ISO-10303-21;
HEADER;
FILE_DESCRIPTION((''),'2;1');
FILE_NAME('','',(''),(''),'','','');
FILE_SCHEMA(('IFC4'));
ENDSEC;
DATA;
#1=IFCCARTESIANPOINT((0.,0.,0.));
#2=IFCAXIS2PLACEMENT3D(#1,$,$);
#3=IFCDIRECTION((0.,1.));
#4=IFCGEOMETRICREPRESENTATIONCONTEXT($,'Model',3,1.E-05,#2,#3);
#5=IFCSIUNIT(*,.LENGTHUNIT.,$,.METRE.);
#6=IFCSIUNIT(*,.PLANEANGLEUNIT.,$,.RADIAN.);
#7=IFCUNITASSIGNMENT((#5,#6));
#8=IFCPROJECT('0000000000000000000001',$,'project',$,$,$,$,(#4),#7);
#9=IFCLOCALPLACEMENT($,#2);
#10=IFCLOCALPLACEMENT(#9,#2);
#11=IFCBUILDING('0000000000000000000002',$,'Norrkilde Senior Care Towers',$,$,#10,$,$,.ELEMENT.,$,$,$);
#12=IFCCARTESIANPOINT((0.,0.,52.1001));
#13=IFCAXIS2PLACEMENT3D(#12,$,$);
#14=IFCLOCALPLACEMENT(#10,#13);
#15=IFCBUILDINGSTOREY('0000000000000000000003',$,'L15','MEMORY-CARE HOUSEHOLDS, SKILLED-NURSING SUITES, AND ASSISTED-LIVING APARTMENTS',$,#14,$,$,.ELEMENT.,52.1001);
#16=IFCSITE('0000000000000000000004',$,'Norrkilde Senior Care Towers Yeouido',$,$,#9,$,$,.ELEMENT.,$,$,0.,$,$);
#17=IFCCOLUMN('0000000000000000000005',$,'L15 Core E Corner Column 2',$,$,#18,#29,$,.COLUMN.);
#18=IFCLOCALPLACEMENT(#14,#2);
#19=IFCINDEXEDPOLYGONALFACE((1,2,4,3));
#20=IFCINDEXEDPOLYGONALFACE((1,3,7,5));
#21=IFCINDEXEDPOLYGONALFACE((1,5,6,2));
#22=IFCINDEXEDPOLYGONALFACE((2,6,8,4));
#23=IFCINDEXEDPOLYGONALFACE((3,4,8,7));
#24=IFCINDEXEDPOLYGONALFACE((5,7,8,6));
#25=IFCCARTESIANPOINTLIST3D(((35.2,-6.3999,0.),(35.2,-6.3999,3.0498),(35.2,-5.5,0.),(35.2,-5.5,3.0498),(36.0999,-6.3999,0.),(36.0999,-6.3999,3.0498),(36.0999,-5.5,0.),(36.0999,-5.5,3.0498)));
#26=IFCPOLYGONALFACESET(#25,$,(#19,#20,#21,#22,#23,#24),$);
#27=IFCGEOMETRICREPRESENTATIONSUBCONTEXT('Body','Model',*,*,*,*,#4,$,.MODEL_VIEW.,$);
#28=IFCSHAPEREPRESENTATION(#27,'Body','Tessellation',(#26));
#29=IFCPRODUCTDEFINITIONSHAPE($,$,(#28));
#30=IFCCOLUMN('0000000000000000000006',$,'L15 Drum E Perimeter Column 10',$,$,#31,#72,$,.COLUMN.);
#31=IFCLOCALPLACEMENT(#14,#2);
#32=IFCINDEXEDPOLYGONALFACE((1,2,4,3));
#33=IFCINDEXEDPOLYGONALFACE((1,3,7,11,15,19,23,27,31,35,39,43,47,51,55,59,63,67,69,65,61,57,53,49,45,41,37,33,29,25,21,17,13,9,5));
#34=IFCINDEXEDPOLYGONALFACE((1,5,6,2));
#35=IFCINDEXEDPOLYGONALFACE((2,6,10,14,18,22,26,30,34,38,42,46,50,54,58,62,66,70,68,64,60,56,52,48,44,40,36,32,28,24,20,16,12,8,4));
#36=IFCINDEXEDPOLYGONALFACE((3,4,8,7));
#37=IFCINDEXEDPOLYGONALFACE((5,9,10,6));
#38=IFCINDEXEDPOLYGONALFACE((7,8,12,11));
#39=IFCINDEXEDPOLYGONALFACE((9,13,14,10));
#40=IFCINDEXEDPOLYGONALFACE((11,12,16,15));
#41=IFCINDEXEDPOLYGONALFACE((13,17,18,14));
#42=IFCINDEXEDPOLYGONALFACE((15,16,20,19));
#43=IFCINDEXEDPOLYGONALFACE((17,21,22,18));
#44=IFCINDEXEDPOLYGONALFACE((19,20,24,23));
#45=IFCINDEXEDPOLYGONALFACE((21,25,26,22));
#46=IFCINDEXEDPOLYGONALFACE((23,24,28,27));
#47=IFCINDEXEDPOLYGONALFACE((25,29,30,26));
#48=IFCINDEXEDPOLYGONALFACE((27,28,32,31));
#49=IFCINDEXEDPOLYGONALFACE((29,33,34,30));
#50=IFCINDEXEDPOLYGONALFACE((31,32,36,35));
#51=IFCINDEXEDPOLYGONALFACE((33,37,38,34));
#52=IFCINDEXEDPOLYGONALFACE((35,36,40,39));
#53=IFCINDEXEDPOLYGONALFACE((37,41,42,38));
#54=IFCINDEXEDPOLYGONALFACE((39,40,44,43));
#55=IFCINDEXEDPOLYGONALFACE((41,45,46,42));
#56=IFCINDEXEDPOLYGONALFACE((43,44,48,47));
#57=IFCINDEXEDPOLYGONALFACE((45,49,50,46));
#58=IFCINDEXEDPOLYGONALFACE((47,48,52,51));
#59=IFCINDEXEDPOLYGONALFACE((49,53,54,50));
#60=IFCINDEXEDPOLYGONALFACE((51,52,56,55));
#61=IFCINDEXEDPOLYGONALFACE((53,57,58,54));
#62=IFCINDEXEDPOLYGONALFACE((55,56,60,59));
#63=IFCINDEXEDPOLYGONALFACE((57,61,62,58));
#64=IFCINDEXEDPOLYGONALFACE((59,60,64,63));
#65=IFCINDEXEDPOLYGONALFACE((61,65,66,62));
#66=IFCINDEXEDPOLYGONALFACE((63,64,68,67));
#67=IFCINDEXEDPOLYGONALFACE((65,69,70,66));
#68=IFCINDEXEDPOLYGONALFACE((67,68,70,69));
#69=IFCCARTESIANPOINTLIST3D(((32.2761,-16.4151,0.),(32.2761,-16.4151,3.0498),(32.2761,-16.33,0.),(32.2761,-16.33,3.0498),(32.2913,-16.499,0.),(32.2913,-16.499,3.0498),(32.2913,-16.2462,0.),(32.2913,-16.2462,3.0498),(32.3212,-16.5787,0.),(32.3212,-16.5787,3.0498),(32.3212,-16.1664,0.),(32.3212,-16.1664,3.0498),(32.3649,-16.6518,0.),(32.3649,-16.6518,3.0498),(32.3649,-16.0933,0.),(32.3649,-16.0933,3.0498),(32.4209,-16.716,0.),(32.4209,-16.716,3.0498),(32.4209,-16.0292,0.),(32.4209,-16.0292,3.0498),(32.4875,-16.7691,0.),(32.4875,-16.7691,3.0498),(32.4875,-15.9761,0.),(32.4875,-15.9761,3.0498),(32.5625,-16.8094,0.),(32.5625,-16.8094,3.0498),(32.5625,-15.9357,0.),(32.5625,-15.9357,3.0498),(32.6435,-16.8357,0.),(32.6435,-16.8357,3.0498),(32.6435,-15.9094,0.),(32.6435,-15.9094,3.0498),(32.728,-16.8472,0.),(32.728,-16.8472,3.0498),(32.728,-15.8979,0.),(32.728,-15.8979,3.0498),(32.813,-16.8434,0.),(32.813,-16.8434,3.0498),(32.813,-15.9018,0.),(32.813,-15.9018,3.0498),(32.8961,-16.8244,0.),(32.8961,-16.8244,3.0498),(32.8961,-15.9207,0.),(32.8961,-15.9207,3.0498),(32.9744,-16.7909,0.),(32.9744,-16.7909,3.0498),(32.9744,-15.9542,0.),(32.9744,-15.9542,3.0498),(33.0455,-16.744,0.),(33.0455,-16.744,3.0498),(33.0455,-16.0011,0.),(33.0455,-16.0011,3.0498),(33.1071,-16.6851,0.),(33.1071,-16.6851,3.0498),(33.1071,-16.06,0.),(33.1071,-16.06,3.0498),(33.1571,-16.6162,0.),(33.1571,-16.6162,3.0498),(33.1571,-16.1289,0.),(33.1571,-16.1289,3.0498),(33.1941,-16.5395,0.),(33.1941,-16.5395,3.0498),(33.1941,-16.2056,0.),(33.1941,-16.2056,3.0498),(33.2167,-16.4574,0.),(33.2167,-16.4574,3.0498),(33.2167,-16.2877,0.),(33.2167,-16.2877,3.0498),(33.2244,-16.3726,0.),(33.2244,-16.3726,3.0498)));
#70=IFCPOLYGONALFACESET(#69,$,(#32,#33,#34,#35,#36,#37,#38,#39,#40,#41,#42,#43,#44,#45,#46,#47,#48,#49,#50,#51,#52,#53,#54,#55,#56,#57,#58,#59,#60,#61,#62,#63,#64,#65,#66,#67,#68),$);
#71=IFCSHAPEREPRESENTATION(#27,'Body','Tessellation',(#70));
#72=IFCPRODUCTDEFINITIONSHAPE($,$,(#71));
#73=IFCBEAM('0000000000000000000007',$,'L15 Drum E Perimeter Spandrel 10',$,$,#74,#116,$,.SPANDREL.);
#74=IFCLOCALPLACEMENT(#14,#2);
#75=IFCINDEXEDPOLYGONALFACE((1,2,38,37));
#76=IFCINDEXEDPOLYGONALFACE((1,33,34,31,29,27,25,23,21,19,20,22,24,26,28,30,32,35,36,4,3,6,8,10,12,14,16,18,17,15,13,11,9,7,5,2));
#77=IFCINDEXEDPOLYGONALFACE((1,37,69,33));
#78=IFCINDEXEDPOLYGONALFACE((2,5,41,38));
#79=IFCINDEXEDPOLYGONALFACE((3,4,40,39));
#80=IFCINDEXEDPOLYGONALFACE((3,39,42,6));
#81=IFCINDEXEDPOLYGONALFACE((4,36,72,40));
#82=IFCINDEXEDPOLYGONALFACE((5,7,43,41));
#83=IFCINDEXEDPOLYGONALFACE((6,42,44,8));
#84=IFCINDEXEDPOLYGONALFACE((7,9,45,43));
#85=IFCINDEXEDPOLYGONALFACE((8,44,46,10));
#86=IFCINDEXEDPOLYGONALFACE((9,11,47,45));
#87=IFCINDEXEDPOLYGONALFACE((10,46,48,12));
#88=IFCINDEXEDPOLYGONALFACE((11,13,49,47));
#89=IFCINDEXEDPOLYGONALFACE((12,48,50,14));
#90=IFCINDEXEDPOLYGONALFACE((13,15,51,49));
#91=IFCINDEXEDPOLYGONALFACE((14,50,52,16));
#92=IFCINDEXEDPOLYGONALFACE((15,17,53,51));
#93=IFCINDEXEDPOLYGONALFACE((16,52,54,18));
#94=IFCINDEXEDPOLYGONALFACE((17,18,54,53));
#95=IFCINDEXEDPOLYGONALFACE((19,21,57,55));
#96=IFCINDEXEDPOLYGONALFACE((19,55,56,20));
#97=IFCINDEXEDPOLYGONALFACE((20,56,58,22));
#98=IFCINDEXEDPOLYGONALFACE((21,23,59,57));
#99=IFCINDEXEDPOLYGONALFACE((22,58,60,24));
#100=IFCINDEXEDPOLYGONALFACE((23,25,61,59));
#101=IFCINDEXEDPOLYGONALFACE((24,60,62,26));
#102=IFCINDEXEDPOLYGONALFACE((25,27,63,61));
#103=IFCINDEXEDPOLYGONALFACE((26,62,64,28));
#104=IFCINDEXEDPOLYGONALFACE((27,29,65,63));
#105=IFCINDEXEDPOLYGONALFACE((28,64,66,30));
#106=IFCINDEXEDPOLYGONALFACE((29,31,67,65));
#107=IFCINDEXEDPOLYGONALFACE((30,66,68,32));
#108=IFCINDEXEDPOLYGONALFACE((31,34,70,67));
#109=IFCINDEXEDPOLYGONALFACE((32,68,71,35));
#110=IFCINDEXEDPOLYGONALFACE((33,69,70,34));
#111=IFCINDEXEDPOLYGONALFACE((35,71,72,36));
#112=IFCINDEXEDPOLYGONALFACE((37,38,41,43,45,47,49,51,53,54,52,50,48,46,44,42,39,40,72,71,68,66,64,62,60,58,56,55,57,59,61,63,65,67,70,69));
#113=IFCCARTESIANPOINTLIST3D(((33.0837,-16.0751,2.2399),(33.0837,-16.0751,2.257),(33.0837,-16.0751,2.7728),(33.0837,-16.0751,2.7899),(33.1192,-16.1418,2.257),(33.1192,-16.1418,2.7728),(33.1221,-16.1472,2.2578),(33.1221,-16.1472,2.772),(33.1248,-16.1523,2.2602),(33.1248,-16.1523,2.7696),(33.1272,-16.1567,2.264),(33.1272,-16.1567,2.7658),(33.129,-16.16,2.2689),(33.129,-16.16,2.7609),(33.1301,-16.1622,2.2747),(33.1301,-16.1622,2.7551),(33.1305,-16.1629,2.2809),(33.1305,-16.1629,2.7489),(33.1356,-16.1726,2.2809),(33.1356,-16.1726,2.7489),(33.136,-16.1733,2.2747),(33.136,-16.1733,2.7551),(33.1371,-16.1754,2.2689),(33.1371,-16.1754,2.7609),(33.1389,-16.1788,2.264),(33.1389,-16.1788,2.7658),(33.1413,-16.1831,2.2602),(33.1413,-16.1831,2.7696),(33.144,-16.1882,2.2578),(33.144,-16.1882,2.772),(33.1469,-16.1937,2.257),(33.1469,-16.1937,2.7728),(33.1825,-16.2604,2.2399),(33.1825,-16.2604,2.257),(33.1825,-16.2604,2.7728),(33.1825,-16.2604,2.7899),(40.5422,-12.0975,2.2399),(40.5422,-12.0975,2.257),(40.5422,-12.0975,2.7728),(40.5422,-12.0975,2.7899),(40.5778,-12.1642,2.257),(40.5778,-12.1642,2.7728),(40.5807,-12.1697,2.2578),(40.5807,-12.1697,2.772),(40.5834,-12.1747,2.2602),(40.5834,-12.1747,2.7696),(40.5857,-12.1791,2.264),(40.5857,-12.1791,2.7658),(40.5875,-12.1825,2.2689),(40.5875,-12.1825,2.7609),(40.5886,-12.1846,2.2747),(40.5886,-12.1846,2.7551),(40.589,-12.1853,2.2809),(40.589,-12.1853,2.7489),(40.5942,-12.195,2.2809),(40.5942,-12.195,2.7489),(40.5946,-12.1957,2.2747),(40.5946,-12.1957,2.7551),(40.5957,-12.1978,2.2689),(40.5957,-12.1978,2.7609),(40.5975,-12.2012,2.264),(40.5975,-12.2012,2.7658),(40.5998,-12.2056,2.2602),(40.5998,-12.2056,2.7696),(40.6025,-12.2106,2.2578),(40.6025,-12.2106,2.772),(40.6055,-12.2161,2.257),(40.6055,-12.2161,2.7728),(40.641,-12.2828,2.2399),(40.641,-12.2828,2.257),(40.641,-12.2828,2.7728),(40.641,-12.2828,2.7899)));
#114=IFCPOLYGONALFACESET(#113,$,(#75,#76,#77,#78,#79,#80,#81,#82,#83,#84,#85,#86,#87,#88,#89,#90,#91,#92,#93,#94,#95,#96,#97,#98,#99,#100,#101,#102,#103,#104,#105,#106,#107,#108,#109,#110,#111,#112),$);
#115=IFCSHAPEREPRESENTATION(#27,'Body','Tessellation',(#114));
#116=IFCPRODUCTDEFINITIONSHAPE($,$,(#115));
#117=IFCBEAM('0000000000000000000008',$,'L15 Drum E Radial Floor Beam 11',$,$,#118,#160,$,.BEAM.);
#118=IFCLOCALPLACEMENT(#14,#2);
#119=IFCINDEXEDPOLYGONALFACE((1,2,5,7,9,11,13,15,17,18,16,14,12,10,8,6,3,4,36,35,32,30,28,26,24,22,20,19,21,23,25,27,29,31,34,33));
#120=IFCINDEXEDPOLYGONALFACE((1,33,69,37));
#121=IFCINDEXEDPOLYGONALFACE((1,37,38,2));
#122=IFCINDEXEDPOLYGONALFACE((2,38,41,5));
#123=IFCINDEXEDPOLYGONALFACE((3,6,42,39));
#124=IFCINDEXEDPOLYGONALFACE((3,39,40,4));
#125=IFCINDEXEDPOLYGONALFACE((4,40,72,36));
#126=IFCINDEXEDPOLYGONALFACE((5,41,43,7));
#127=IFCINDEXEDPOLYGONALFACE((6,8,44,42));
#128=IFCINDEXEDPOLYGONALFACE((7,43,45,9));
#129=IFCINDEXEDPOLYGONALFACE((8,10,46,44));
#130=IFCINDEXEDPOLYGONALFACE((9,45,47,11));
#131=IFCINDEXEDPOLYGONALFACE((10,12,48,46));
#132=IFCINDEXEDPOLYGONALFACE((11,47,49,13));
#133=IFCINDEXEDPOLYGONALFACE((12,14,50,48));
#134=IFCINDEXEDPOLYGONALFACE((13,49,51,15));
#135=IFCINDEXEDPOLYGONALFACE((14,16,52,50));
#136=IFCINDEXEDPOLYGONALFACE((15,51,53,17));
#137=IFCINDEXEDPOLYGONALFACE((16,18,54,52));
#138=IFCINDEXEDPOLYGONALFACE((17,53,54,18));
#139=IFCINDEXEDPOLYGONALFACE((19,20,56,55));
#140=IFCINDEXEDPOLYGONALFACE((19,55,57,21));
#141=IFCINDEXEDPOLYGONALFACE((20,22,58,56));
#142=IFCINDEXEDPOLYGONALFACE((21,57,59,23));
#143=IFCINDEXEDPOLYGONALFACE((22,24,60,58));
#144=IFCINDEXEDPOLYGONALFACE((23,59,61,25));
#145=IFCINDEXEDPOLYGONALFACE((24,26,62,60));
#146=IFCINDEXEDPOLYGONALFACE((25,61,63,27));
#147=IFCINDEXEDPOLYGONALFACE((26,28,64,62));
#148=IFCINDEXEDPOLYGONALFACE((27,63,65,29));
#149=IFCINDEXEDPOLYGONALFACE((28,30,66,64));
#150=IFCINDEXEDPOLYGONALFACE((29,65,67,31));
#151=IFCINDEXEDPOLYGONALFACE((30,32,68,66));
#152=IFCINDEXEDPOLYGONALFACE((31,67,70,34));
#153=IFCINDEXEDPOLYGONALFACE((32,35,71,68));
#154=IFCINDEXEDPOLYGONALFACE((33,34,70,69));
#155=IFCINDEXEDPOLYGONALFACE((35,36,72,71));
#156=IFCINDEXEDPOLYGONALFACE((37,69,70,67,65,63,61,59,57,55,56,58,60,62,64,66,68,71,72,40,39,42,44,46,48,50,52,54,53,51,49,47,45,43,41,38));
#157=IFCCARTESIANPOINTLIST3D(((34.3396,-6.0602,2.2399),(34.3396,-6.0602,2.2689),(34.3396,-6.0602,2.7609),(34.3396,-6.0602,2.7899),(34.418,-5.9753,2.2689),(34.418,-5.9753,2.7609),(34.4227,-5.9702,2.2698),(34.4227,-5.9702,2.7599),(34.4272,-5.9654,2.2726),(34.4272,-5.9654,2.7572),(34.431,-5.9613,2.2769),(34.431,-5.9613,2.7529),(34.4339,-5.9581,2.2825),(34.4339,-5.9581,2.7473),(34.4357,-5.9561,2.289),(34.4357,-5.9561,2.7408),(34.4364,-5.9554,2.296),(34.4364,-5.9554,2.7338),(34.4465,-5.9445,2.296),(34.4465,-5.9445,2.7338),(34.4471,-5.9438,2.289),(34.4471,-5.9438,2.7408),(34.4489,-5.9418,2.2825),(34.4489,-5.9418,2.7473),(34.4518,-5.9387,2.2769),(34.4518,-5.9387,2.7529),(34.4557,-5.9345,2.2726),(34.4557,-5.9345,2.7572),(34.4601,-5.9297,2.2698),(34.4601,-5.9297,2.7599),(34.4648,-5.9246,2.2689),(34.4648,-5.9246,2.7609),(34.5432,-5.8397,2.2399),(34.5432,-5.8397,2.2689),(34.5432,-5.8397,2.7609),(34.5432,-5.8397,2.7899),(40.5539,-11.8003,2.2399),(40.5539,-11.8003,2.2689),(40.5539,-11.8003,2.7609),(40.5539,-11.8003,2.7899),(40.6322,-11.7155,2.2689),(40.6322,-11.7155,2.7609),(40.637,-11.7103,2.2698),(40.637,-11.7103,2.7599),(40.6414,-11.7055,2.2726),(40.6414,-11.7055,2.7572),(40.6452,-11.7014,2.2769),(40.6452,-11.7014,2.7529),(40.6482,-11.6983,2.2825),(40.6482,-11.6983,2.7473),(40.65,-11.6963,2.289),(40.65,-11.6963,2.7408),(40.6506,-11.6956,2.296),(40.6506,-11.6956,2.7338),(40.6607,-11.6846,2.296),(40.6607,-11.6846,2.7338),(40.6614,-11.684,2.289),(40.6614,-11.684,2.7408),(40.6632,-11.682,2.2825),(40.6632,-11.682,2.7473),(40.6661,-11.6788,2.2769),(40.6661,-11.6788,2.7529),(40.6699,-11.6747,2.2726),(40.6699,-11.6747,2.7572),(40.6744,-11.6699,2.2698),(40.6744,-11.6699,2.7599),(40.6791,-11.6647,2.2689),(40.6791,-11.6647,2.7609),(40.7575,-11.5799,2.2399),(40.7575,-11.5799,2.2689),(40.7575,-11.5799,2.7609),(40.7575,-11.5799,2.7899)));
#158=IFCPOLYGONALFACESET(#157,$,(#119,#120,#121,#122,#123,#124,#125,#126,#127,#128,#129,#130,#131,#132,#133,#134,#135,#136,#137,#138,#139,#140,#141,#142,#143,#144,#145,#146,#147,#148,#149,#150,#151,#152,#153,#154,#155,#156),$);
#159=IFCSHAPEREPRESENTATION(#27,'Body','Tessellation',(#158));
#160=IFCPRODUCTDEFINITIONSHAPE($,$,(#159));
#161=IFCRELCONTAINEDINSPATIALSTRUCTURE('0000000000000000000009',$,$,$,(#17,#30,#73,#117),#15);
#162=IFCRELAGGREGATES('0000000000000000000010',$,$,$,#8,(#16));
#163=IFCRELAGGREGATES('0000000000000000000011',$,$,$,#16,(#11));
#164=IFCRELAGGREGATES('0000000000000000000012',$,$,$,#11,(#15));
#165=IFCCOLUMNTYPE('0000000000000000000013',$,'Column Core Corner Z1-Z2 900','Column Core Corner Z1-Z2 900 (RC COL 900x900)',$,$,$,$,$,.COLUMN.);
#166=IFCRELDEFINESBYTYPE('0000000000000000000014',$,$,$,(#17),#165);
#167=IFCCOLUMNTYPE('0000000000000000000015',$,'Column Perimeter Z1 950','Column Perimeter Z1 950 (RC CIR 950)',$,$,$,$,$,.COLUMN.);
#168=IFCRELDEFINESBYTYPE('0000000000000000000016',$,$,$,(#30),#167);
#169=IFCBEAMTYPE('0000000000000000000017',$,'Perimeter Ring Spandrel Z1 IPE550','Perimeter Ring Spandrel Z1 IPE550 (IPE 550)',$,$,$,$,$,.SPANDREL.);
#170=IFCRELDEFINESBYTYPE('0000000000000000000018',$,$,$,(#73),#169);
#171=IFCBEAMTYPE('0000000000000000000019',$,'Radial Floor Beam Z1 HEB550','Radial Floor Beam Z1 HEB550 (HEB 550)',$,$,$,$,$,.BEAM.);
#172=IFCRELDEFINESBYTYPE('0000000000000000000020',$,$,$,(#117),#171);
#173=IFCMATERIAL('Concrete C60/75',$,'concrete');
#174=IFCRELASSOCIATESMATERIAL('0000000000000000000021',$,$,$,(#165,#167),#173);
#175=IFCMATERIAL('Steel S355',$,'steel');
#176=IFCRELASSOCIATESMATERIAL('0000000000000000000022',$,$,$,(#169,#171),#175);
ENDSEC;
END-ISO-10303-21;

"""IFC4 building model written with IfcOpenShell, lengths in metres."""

from ifc_helpers import new_model, si_unit, direction, frame, origin, origin_2d, place, context, subcontext, project, spatial, rectangle, circle, i_section, extrude, source, transform, mapped, material, material_profile, profile_set, type_object, type_shapes, element, save


model = new_model("IFC4")

# Units and contexts
model_context = context("Model", 3, precision=1e-05, world=origin(), true_north=direction((0.0, 1.0)))
body_context = subcontext(model_context, "Body", "Model", "MODEL_VIEW")
ifc_project = project(units=[si_unit("LENGTHUNIT", "METRE"), si_unit("PLANEANGLEUNIT", "RADIAN")], contexts=[model_context])

# Site, building, storey
site_placement = place(None, origin())
site = spatial("IfcSite", under=ifc_project, at=site_placement, Name="Norrkilde Senior Care Towers Yeouido", CompositionType="ELEMENT", RefElevation=0.0)
building_placement = place(site_placement, origin())
building = spatial("IfcBuilding", under=site, at=building_placement, Name="Norrkilde Senior Care Towers", CompositionType="ELEMENT")
storey_placement = place(building_placement, frame((0.0, 0.0, 52.1001)))
storey = spatial("IfcBuildingStorey", under=building, at=storey_placement, Name="L15", Description="MEMORY-CARE HOUSEHOLDS, SKILLED-NURSING SUITES, AND ASSISTED-LIVING APARTMENTS", CompositionType="ELEMENT", Elevation=52.1001)

# Columns
ifc_material_1 = material(Name="Concrete C60/75", Category="concrete")
ifc_material_profile_1 = material_profile(ifc_material_1, rectangle(XDim=0.8999, YDim=0.8999, at=origin_2d()), Name="RC COL 900x900")
ifc_profile_set_1 = profile_set([ifc_material_profile_1], Name="Concrete C60/75")
column_type_1 = type_object("IfcColumnType", Name="Column Core Corner Z1-Z2 900", Description="Column Core Corner Z1-Z2 900 (RC COL 900x900)", PredefinedType="COLUMN", material=ifc_profile_set_1)
shared_shape_1 = source(origin(), body_context, "Body", "SweptSolid", [
    extrude(rectangle(XDim=0.8999, YDim=0.8999, at=origin_2d()), origin(), (0.0, 0.0, 1.0), 3.0498),
])
type_shapes(column_type_1, [shared_shape_1])
column_1_placement = place(storey_placement, frame((35.6499, -5.95, 0.0), z_axis=(0.0, 0.0, 1.0), x_axis=(1.0, 0.0, 0.0)))
element("IfcColumn", 1, at=column_1_placement, inside=storey, type_object=column_type_1, Name="L15 Core E Corner Column 2", PredefinedType="COLUMN", context=body_context, shape_type="MappedRepresentation", body=[
    mapped(shared_shape_1, transform((0.0, 0.0, 0.0), x_axis=(1.0, 0.0, 0.0), y_axis=(0.0, 1.0, 0.0), z_axis=(0.0, 0.0, 1.0), scale=1.0)),
])
ifc_material_profile_2 = material_profile(ifc_material_1, circle(Radius=0.4751, at=origin_2d()), Name="RC CIR 950")
ifc_profile_set_2 = profile_set([ifc_material_profile_2], Name="Concrete C60/75")
column_type_2 = type_object("IfcColumnType", Name="Column Perimeter Z1 950", Description="Column Perimeter Z1 950 (RC CIR 950)", PredefinedType="COLUMN", material=ifc_profile_set_2)
shared_shape_2 = source(origin(), body_context, "Body", "SweptSolid", [
    extrude(circle(Radius=0.4751, at=origin_2d()), origin(), (0.0, 0.0, 1.0), 3.0498),
])
type_shapes(column_type_2, [shared_shape_2])
column_2_placement = place(storey_placement, frame((32.7493, -16.3726, 0.0), z_axis=(0.0, 0.0, 1.0), x_axis=(1.0, 0.0, 0.0)))
element("IfcColumn", 2, at=column_2_placement, inside=storey, type_object=column_type_2, Name="L15 Drum E Perimeter Column 10", PredefinedType="COLUMN", context=body_context, shape_type="MappedRepresentation", body=[
    mapped(shared_shape_2, transform((0.0, 0.0, 0.0), x_axis=(1.0, 0.0, 0.0), y_axis=(0.0, 1.0, 0.0), z_axis=(0.0, 0.0, 1.0), scale=1.0)),
])

# Beams
ifc_material_2 = material(Name="Steel S355", Category="steel")
ifc_material_profile_3 = material_profile(ifc_material_2, i_section(OverallWidth=0.21, OverallDepth=0.55, WebThickness=0.011, FlangeThickness=0.0171, FilletRadius=0.0239, at=origin_2d()), Name="IPE 550")
ifc_profile_set_3 = profile_set([ifc_material_profile_3], Name="Steel S355")
beam_type_1 = type_object("IfcBeamType", Name="Perimeter Ring Spandrel Z1 IPE550", Description="Perimeter Ring Spandrel Z1 IPE550 (IPE 550)", PredefinedType="SPANDREL", material=ifc_profile_set_3)
shared_shape_3 = source(origin(), body_context, "Body", "SweptSolid", [
    extrude(i_section(OverallWidth=0.21, OverallDepth=0.55, WebThickness=0.011, FlangeThickness=0.0171, FilletRadius=0.0239, at=origin_2d()), origin(), (0.0, 0.0, 1.0), 8.4529),
])
type_shapes(beam_type_1, [shared_shape_3])
beam_1_placement = place(storey_placement, frame((33.1331, -16.1677, 2.5149), z_axis=(0.882369, 0.470558, 0.0), x_axis=(-0.470558, 0.882369, 0.0)))
element("IfcBeam", 3, at=beam_1_placement, inside=storey, type_object=beam_type_1, Name="L15 Drum E Perimeter Spandrel 10", PredefinedType="SPANDREL", context=body_context, shape_type="MappedRepresentation", body=[
    mapped(shared_shape_3, transform((0.0, 0.0, 0.0), x_axis=(1.0, 0.0, 0.0), y_axis=(0.0, 1.0, 0.0), z_axis=(0.0, 0.0, 1.0), scale=1.0)),
])
ifc_material_profile_4 = material_profile(ifc_material_2, i_section(OverallWidth=0.3, OverallDepth=0.55, WebThickness=0.0149, FlangeThickness=0.0291, FilletRadius=0.0271, at=origin_2d()), Name="HEB 550")
ifc_profile_set_4 = profile_set([ifc_material_profile_4], Name="Steel S355")
beam_type_2 = type_object("IfcBeamType", Name="Radial Floor Beam Z1 HEB550", Description="Radial Floor Beam Z1 HEB550 (HEB 550)", PredefinedType="BEAM", material=ifc_profile_set_4)
shared_shape_4 = source(origin(), body_context, "Body", "SweptSolid", [
    extrude(i_section(OverallWidth=0.3, OverallDepth=0.55, WebThickness=0.0149, FlangeThickness=0.0291, FilletRadius=0.0271, at=origin_2d()), origin(), (0.0, 0.0, 1.0), 8.4597),
])
beam_2_placement = place(storey_placement, frame((34.4414, -5.95, 2.5149), z_axis=(0.734573, -0.678529, 0.0), x_axis=(0.678529, 0.734573, 0.0)))
element("IfcBeam", 4, at=beam_2_placement, inside=storey, type_object=beam_type_2, Name="L15 Drum E Radial Floor Beam 11", PredefinedType="BEAM", context=body_context, shape_type="MappedRepresentation", body=[
    mapped(shared_shape_4, transform((0.0, 0.0, 0.0), x_axis=(1.0, 0.0, 0.0), y_axis=(0.0, 1.0, 0.0), z_axis=(0.0, 0.0, 1.0), scale=1.0)),
])

save(model, "model.ifc")
